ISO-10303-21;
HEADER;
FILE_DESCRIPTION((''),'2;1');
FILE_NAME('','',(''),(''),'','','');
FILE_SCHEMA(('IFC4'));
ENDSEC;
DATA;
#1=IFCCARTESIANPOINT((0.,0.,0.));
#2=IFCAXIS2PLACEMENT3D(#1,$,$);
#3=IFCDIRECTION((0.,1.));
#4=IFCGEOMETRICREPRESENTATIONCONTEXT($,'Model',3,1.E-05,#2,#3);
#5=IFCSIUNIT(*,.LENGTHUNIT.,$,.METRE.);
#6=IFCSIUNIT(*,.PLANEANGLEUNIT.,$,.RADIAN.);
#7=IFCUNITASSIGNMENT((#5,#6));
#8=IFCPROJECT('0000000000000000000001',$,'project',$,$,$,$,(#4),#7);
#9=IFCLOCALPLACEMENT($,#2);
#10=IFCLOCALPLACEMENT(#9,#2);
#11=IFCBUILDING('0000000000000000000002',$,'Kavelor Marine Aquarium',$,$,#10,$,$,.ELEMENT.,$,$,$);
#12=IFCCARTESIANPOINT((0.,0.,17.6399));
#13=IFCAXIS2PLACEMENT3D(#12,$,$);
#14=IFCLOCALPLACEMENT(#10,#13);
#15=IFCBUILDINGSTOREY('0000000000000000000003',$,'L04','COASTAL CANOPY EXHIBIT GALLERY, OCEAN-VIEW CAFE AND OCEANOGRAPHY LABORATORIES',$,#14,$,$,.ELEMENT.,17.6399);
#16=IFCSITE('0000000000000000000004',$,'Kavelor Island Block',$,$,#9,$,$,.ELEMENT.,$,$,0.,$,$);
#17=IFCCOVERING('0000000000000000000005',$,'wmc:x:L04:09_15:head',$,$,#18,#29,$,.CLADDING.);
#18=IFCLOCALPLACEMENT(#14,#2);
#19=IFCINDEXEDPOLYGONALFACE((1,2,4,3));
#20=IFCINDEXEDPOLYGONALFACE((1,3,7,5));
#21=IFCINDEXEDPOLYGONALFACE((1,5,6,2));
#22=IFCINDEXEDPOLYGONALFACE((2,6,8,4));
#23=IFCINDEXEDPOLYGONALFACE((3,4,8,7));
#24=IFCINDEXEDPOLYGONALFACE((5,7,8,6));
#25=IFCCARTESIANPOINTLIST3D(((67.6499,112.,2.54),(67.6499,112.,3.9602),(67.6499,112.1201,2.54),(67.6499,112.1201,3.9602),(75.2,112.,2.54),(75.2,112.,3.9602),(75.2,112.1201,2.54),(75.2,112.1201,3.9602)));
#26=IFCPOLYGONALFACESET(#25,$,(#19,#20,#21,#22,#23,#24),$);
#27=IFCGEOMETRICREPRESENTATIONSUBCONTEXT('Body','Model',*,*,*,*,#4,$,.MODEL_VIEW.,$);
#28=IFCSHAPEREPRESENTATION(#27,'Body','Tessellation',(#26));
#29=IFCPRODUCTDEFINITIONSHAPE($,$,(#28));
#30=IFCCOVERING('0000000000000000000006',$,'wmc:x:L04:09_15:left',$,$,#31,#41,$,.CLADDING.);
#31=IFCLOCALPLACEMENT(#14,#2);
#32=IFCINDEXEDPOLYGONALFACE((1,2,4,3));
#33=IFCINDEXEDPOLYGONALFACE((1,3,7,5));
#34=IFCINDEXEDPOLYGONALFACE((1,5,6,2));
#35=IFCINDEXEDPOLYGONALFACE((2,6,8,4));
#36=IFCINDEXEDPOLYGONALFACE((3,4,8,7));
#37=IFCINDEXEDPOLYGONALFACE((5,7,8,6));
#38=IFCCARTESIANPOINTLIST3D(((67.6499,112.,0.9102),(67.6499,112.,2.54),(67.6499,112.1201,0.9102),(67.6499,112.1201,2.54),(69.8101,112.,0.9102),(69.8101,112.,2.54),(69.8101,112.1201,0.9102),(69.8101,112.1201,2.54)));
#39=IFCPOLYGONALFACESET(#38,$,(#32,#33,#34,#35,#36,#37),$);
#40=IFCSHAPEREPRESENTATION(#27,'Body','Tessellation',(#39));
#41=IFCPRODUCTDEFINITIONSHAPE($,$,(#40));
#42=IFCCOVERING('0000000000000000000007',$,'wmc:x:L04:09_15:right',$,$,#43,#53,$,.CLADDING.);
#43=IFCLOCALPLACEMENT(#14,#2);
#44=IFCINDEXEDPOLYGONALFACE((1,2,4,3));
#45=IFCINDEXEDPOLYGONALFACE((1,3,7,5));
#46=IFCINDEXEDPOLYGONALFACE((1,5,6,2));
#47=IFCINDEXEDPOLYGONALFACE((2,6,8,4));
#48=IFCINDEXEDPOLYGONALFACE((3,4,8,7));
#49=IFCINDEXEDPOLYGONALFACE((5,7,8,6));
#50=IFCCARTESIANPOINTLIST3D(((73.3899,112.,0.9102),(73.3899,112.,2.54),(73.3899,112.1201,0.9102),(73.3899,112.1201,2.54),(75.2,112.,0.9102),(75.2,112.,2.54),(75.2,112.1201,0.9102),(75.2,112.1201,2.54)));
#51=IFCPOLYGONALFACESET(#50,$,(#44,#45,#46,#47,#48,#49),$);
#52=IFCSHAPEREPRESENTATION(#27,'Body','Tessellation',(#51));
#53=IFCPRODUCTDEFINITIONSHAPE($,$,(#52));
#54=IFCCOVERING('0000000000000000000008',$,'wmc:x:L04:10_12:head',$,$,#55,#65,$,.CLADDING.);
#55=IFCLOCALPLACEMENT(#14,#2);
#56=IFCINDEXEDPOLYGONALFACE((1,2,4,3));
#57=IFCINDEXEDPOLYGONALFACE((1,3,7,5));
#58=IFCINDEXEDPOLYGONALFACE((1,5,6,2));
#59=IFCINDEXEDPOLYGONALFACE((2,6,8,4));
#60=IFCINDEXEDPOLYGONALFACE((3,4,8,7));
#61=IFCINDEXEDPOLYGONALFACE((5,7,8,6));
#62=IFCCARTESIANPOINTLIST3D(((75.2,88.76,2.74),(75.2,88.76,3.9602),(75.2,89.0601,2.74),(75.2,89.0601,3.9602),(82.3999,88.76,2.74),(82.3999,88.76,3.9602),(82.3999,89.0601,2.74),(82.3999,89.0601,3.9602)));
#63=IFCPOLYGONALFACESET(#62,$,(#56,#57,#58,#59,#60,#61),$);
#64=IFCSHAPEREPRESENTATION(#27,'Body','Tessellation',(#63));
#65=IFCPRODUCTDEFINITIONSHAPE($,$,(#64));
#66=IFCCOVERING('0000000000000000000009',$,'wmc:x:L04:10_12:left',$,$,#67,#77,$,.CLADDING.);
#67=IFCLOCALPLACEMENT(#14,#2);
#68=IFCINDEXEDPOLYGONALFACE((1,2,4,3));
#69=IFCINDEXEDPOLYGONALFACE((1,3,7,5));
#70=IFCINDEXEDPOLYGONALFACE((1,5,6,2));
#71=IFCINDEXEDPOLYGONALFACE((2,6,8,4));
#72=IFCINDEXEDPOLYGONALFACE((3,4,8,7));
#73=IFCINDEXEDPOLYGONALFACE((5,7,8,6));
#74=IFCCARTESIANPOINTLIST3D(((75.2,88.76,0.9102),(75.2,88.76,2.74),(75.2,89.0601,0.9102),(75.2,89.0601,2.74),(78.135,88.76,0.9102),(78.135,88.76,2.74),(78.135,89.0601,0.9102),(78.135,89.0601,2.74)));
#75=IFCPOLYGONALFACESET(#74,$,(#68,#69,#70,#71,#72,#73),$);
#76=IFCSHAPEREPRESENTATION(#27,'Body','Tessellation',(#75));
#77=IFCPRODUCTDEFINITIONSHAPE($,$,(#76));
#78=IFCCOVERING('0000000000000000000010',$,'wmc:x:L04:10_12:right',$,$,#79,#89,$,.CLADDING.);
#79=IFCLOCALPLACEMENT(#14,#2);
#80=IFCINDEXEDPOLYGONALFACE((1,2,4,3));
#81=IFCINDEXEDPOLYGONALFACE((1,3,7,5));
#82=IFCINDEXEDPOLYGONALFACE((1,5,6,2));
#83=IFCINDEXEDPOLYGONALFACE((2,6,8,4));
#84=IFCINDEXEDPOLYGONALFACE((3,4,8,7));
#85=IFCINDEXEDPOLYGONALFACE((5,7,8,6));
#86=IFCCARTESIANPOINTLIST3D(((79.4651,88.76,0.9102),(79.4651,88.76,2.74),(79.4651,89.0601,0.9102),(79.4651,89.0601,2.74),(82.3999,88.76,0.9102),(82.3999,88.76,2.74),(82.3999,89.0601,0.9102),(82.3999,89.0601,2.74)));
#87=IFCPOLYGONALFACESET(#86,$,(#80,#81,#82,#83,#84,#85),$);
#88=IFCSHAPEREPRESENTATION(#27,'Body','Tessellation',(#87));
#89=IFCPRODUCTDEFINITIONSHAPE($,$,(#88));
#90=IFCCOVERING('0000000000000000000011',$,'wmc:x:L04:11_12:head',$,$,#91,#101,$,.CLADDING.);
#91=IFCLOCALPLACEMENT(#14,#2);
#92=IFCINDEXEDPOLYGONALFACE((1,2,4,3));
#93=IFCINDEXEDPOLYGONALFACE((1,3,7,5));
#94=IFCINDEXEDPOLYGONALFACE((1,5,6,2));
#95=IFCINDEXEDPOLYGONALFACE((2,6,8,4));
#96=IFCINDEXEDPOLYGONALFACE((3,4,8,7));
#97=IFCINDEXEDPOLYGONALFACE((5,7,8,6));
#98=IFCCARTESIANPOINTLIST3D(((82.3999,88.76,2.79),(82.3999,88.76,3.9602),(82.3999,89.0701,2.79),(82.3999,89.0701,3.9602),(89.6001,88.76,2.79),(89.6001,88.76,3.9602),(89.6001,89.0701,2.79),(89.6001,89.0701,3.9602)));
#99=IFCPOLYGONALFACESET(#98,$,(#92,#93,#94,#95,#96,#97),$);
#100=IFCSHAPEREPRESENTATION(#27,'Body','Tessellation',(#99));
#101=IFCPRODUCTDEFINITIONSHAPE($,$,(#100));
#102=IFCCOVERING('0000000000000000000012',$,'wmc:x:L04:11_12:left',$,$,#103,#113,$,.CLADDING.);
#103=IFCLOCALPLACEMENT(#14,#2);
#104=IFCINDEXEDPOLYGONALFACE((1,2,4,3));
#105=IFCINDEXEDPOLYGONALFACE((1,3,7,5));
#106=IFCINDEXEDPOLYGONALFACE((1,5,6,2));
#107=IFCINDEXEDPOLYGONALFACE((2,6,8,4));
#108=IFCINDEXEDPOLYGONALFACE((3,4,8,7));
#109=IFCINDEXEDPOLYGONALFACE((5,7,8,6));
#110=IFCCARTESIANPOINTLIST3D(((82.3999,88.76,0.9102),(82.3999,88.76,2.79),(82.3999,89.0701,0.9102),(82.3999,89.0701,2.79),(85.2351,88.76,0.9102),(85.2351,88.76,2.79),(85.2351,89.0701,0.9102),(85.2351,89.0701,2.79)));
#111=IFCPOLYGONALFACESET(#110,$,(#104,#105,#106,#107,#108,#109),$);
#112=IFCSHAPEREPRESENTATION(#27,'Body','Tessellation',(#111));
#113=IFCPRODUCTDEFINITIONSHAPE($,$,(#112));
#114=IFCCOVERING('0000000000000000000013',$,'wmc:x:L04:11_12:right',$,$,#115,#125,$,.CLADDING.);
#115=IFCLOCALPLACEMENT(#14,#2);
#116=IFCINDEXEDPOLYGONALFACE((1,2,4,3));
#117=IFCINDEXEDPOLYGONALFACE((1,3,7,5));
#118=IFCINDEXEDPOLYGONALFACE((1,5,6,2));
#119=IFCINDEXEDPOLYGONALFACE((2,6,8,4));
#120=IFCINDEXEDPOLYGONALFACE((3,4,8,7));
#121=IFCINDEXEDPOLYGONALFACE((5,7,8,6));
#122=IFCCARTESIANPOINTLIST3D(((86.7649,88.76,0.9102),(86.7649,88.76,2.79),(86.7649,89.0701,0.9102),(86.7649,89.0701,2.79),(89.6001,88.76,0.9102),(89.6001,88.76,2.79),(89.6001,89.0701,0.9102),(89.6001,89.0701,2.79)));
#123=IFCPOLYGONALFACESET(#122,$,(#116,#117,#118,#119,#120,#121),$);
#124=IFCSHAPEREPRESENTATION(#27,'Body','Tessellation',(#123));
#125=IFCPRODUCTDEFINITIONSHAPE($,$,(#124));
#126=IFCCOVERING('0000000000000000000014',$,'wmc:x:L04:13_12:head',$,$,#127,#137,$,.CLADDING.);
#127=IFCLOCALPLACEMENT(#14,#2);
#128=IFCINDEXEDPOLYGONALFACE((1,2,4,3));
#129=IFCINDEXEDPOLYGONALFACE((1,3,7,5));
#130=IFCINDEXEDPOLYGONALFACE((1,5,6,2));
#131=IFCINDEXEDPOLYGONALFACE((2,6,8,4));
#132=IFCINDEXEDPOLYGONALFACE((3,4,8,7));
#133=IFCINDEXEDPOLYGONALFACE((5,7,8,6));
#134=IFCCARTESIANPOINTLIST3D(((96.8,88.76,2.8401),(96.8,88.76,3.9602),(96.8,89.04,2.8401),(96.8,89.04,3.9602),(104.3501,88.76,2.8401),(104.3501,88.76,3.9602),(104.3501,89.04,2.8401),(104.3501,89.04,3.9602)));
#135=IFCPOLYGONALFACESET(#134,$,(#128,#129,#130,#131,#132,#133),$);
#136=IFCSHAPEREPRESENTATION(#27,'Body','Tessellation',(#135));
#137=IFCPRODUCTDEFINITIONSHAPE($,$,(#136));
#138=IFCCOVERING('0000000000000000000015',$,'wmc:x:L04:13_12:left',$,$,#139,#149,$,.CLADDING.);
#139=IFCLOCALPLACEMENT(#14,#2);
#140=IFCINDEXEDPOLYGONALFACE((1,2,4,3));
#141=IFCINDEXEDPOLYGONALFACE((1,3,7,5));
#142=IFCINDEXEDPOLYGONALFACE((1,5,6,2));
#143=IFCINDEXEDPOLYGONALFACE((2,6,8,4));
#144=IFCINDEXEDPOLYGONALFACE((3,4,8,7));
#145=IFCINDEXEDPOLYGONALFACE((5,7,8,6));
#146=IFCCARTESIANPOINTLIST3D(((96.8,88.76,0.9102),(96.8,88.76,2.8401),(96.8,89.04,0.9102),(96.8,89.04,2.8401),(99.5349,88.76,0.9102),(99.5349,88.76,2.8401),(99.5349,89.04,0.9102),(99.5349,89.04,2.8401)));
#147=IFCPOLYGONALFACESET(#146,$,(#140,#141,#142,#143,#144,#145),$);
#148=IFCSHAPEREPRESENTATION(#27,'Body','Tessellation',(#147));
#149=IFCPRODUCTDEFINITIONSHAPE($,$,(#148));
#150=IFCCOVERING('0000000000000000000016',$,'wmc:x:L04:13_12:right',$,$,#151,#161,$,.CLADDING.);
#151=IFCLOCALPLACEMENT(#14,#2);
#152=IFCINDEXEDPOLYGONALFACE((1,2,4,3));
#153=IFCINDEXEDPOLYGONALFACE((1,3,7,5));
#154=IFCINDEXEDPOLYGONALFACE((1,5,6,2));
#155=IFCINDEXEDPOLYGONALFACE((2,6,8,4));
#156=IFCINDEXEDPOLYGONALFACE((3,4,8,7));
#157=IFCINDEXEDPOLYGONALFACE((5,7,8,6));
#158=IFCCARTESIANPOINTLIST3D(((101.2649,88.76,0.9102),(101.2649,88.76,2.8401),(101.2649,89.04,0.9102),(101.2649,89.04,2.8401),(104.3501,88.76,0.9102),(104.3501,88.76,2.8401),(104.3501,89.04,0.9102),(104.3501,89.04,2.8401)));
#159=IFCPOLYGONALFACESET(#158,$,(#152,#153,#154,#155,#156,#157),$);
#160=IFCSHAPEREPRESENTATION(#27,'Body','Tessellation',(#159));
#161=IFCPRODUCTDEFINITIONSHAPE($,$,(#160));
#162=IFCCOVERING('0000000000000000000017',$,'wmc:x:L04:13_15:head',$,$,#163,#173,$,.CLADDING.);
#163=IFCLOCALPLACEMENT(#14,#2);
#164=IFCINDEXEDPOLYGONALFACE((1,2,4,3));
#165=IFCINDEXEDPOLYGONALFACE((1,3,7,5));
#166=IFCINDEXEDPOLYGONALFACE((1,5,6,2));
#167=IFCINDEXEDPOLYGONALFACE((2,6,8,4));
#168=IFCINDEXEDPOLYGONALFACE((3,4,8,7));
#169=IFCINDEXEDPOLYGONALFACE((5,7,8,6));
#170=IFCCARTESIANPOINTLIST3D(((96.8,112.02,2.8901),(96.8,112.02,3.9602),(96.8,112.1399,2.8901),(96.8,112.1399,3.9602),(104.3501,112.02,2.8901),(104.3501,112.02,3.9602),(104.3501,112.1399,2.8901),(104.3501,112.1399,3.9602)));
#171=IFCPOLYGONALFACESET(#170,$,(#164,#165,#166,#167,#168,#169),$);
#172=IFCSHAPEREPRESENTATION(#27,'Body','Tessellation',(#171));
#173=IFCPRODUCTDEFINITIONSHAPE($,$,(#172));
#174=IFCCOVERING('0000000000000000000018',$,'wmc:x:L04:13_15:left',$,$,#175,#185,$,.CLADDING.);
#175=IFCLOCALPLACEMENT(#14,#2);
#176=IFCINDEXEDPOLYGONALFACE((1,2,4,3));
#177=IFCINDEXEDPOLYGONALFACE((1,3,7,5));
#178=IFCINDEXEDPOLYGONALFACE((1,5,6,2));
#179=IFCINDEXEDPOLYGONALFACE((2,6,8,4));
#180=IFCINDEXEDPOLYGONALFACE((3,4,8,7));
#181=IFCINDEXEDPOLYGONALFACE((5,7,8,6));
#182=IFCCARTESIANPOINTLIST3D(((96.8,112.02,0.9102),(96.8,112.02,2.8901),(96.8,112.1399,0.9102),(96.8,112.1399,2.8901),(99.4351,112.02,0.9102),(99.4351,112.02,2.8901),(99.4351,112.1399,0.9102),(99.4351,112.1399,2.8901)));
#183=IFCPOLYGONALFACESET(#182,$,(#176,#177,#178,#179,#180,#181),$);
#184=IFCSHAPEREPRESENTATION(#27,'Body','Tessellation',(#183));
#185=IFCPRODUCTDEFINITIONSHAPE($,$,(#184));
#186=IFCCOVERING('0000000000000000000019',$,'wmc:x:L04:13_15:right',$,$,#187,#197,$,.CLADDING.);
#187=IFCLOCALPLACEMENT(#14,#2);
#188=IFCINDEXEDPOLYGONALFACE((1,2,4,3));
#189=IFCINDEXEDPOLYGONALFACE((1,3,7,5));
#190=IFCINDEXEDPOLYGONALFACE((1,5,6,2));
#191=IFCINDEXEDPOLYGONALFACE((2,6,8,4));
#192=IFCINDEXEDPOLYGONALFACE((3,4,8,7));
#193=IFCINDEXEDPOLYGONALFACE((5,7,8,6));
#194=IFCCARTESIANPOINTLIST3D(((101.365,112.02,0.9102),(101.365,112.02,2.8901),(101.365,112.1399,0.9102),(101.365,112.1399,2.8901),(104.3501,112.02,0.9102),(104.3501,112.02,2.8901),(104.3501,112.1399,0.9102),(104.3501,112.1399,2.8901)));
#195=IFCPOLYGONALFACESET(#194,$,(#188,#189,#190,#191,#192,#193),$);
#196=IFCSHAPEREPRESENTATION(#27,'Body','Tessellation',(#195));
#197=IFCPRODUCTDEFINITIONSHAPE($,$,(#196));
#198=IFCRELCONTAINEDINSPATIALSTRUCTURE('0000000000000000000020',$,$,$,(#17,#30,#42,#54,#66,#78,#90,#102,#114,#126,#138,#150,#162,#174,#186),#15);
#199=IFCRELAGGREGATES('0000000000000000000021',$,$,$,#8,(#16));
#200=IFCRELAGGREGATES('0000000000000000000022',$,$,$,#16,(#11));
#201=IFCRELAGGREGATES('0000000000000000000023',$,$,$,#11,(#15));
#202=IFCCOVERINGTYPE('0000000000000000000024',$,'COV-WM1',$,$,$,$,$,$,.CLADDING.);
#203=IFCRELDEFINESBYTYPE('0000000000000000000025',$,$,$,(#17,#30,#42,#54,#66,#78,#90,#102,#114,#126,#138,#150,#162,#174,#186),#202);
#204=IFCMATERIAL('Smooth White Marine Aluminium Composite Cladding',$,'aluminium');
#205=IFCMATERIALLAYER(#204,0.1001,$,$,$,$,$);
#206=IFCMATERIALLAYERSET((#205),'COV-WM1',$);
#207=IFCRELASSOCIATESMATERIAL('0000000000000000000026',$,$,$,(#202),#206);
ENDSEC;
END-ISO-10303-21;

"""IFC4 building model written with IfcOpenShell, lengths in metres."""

from ifc_helpers import new_model, si_unit, direction, frame, origin, place, context, subcontext, project, spatial, polyline, outline, extrude, material, layer, layer_set, type_object, element, save


model = new_model("IFC4")

# Units and contexts
model_context = context("Model", 3, precision=1e-05, world=origin(), true_north=direction((0.0, 1.0)))
body_context = subcontext(model_context, "Body", "Model", "MODEL_VIEW")
ifc_project = project(units=[si_unit("LENGTHUNIT", "METRE"), si_unit("PLANEANGLEUNIT", "RADIAN")], contexts=[model_context])

# Site, building, storey
site_placement = place(None, origin())
site = spatial("IfcSite", under=ifc_project, at=site_placement, Name="Kavelor Island Block", CompositionType="ELEMENT", RefElevation=0.0)
building_placement = place(site_placement, origin())
building = spatial("IfcBuilding", under=site, at=building_placement, Name="Kavelor Marine Aquarium", CompositionType="ELEMENT")
storey_placement = place(building_placement, frame((0.0, 0.0, 17.6399)))
storey = spatial("IfcBuildingStorey", under=building, at=storey_placement, Name="L04", Description="COASTAL CANOPY EXHIBIT GALLERY, OCEAN-VIEW CAFE AND OCEANOGRAPHY LABORATORIES", CompositionType="ELEMENT", Elevation=17.6399)

# Coverings
ifc_material = material(Name="Smooth White Marine Aluminium Composite Cladding", Category="aluminium")
ifc_layer = layer(ifc_material, 0.1001)
ifc_layer_set = layer_set([ifc_layer], Name="COV-WM1")
covering_type = type_object("IfcCoveringType", Name="COV-WM1", PredefinedType="CLADDING", material=ifc_layer_set)
covering_1_placement = place(storey_placement, frame((0.0, 0.0, 2.54)))
element("IfcCovering", 1, at=covering_1_placement, inside=storey, type_object=covering_type, Name="wmc:x:L04:09_15:head", PredefinedType="CLADDING", context=body_context, shape_type="SweptSolid", body=[
    extrude(outline(polyline([(67.6499, 112.0), (75.2, 112.0), (75.2, 112.1201), (67.6499, 112.1201), (67.6499, 112.0)])), origin(), (0.0, 0.0, 1.0), 1.4202),
])
covering_2_placement = place(storey_placement, frame((0.0, 0.0, 0.9102)))
element("IfcCovering", 2, at=covering_2_placement, inside=storey, type_object=covering_type, Name="wmc:x:L04:09_15:left", PredefinedType="CLADDING", context=body_context, shape_type="SweptSolid", body=[
    extrude(outline(polyline([(67.6499, 112.0), (69.8101, 112.0), (69.8101, 112.1201), (67.6499, 112.1201), (67.6499, 112.0)])), origin(), (0.0, 0.0, 1.0), 1.6299),
])
covering_3_placement = place(storey_placement, frame((0.0, 0.0, 0.9102)))
element("IfcCovering", 3, at=covering_3_placement, inside=storey, type_object=covering_type, Name="wmc:x:L04:09_15:right", PredefinedType="CLADDING", context=body_context, shape_type="SweptSolid", body=[
    extrude(outline(polyline([(73.3899, 112.0), (75.2, 112.0), (75.2, 112.1201), (73.3899, 112.1201), (73.3899, 112.0)])), origin(), (0.0, 0.0, 1.0), 1.6299),
])
covering_4_placement = place(storey_placement, frame((0.0, 0.0, 2.74)))
element("IfcCovering", 4, at=covering_4_placement, inside=storey, type_object=covering_type, Name="wmc:x:L04:10_12:head", PredefinedType="CLADDING", context=body_context, shape_type="SweptSolid", body=[
    extrude(outline(polyline([(75.2, 88.76), (82.3999, 88.76), (82.3999, 89.0601), (75.2, 89.0601), (75.2, 88.76)])), origin(), (0.0, 0.0, 1.0), 1.2202),
])
covering_5_placement = place(storey_placement, frame((0.0, 0.0, 0.9102)))
element("IfcCovering", 5, at=covering_5_placement, inside=storey, type_object=covering_type, Name="wmc:x:L04:10_12:left", PredefinedType="CLADDING", context=body_context, shape_type="SweptSolid", body=[
    extrude(outline(polyline([(75.2, 88.76), (78.135, 88.76), (78.135, 89.0601), (75.2, 89.0601), (75.2, 88.76)])), origin(), (0.0, 0.0, 1.0), 1.8298),
])
covering_6_placement = place(storey_placement, frame((0.0, 0.0, 0.9102)))
element("IfcCovering", 6, at=covering_6_placement, inside=storey, type_object=covering_type, Name="wmc:x:L04:10_12:right", PredefinedType="CLADDING", context=body_context, shape_type="SweptSolid", body=[
    extrude(outline(polyline([(79.4651, 88.76), (82.3999, 88.76), (82.3999, 89.0601), (79.4651, 89.0601), (79.4651, 88.76)])), origin(), (0.0, 0.0, 1.0), 1.8298),
])
covering_7_placement = place(storey_placement, frame((0.0, 0.0, 2.79)))
element("IfcCovering", 7, at=covering_7_placement, inside=storey, type_object=covering_type, Name="wmc:x:L04:11_12:head", PredefinedType="CLADDING", context=body_context, shape_type="SweptSolid", body=[
    extrude(outline(polyline([(82.3999, 88.76), (89.6001, 88.76), (89.6001, 89.0701), (82.3999, 89.0701), (82.3999, 88.76)])), origin(), (0.0, 0.0, 1.0), 1.1702),
])
covering_8_placement = place(storey_placement, frame((0.0, 0.0, 0.9102)))
element("IfcCovering", 8, at=covering_8_placement, inside=storey, type_object=covering_type, Name="wmc:x:L04:11_12:left", PredefinedType="CLADDING", context=body_context, shape_type="SweptSolid", body=[
    extrude(outline(polyline([(82.3999, 88.76), (85.2351, 88.76), (85.2351, 89.0701), (82.3999, 89.0701), (82.3999, 88.76)])), origin(), (0.0, 0.0, 1.0), 1.8799),
])
covering_9_placement = place(storey_placement, frame((0.0, 0.0, 0.9102)))
element("IfcCovering", 9, at=covering_9_placement, inside=storey, type_object=covering_type, Name="wmc:x:L04:11_12:right", PredefinedType="CLADDING", context=body_context, shape_type="SweptSolid", body=[
    extrude(outline(polyline([(86.7649, 88.76), (89.6001, 88.76), (89.6001, 89.0701), (86.7649, 89.0701), (86.7649, 88.76)])), origin(), (0.0, 0.0, 1.0), 1.8799),
])
covering_10_placement = place(storey_placement, frame((0.0, 0.0, 2.8401)))
element("IfcCovering", 10, at=covering_10_placement, inside=storey, type_object=covering_type, Name="wmc:x:L04:13_12:head", PredefinedType="CLADDING", context=body_context, shape_type="SweptSolid", body=[
    extrude(outline(polyline([(96.8, 88.76), (104.3501, 88.76), (104.3501, 89.04), (96.8, 89.04), (96.8, 88.76)])), origin(), (0.0, 0.0, 1.0), 1.1201),
])
covering_11_placement = place(storey_placement, frame((0.0, 0.0, 0.9102)))
element("IfcCovering", 11, at=covering_11_placement, inside=storey, type_object=covering_type, Name="wmc:x:L04:13_12:left", PredefinedType="CLADDING", context=body_context, shape_type="SweptSolid", body=[
    extrude(outline(polyline([(96.8, 88.76), (99.5349, 88.76), (99.5349, 89.04), (96.8, 89.04), (96.8, 88.76)])), origin(), (0.0, 0.0, 1.0), 1.9299),
])
covering_12_placement = place(storey_placement, frame((0.0, 0.0, 0.9102)))
element("IfcCovering", 12, at=covering_12_placement, inside=storey, type_object=covering_type, Name="wmc:x:L04:13_12:right", PredefinedType="CLADDING", context=body_context, shape_type="SweptSolid", body=[
    extrude(outline(polyline([(101.2649, 88.76), (104.3501, 88.76), (104.3501, 89.04), (101.2649, 89.04), (101.2649, 88.76)])), origin(), (0.0, 0.0, 1.0), 1.9299),
])
covering_13_placement = place(storey_placement, frame((0.0, 0.0, 2.8901)))
element("IfcCovering", 13, at=covering_13_placement, inside=storey, type_object=covering_type, Name="wmc:x:L04:13_15:head", PredefinedType="CLADDING", context=body_context, shape_type="SweptSolid", body=[
    extrude(outline(polyline([(96.8, 112.02), (104.3501, 112.02), (104.3501, 112.1399), (96.8, 112.1399), (96.8, 112.02)])), origin(), (0.0, 0.0, 1.0), 1.0701),
])
covering_14_placement = place(storey_placement, frame((0.0, 0.0, 0.9102)))
element("IfcCovering", 14, at=covering_14_placement, inside=storey, type_object=covering_type, Name="wmc:x:L04:13_15:left", PredefinedType="CLADDING", context=body_context, shape_type="SweptSolid", body=[
    extrude(outline(polyline([(96.8, 112.02), (99.4351, 112.02), (99.4351, 112.1399), (96.8, 112.1399), (96.8, 112.02)])), origin(), (0.0, 0.0, 1.0), 1.98),
])
covering_15_placement = place(storey_placement, frame((0.0, 0.0, 0.9102)))
element("IfcCovering", 15, at=covering_15_placement, inside=storey, type_object=covering_type, Name="wmc:x:L04:13_15:right", PredefinedType="CLADDING", context=body_context, shape_type="SweptSolid", body=[
    extrude(outline(polyline([(101.365, 112.02), (104.3501, 112.02), (104.3501, 112.1399), (101.365, 112.1399), (101.365, 112.02)])), origin(), (0.0, 0.0, 1.0), 1.98),
])

save(model, "model.ifc")
